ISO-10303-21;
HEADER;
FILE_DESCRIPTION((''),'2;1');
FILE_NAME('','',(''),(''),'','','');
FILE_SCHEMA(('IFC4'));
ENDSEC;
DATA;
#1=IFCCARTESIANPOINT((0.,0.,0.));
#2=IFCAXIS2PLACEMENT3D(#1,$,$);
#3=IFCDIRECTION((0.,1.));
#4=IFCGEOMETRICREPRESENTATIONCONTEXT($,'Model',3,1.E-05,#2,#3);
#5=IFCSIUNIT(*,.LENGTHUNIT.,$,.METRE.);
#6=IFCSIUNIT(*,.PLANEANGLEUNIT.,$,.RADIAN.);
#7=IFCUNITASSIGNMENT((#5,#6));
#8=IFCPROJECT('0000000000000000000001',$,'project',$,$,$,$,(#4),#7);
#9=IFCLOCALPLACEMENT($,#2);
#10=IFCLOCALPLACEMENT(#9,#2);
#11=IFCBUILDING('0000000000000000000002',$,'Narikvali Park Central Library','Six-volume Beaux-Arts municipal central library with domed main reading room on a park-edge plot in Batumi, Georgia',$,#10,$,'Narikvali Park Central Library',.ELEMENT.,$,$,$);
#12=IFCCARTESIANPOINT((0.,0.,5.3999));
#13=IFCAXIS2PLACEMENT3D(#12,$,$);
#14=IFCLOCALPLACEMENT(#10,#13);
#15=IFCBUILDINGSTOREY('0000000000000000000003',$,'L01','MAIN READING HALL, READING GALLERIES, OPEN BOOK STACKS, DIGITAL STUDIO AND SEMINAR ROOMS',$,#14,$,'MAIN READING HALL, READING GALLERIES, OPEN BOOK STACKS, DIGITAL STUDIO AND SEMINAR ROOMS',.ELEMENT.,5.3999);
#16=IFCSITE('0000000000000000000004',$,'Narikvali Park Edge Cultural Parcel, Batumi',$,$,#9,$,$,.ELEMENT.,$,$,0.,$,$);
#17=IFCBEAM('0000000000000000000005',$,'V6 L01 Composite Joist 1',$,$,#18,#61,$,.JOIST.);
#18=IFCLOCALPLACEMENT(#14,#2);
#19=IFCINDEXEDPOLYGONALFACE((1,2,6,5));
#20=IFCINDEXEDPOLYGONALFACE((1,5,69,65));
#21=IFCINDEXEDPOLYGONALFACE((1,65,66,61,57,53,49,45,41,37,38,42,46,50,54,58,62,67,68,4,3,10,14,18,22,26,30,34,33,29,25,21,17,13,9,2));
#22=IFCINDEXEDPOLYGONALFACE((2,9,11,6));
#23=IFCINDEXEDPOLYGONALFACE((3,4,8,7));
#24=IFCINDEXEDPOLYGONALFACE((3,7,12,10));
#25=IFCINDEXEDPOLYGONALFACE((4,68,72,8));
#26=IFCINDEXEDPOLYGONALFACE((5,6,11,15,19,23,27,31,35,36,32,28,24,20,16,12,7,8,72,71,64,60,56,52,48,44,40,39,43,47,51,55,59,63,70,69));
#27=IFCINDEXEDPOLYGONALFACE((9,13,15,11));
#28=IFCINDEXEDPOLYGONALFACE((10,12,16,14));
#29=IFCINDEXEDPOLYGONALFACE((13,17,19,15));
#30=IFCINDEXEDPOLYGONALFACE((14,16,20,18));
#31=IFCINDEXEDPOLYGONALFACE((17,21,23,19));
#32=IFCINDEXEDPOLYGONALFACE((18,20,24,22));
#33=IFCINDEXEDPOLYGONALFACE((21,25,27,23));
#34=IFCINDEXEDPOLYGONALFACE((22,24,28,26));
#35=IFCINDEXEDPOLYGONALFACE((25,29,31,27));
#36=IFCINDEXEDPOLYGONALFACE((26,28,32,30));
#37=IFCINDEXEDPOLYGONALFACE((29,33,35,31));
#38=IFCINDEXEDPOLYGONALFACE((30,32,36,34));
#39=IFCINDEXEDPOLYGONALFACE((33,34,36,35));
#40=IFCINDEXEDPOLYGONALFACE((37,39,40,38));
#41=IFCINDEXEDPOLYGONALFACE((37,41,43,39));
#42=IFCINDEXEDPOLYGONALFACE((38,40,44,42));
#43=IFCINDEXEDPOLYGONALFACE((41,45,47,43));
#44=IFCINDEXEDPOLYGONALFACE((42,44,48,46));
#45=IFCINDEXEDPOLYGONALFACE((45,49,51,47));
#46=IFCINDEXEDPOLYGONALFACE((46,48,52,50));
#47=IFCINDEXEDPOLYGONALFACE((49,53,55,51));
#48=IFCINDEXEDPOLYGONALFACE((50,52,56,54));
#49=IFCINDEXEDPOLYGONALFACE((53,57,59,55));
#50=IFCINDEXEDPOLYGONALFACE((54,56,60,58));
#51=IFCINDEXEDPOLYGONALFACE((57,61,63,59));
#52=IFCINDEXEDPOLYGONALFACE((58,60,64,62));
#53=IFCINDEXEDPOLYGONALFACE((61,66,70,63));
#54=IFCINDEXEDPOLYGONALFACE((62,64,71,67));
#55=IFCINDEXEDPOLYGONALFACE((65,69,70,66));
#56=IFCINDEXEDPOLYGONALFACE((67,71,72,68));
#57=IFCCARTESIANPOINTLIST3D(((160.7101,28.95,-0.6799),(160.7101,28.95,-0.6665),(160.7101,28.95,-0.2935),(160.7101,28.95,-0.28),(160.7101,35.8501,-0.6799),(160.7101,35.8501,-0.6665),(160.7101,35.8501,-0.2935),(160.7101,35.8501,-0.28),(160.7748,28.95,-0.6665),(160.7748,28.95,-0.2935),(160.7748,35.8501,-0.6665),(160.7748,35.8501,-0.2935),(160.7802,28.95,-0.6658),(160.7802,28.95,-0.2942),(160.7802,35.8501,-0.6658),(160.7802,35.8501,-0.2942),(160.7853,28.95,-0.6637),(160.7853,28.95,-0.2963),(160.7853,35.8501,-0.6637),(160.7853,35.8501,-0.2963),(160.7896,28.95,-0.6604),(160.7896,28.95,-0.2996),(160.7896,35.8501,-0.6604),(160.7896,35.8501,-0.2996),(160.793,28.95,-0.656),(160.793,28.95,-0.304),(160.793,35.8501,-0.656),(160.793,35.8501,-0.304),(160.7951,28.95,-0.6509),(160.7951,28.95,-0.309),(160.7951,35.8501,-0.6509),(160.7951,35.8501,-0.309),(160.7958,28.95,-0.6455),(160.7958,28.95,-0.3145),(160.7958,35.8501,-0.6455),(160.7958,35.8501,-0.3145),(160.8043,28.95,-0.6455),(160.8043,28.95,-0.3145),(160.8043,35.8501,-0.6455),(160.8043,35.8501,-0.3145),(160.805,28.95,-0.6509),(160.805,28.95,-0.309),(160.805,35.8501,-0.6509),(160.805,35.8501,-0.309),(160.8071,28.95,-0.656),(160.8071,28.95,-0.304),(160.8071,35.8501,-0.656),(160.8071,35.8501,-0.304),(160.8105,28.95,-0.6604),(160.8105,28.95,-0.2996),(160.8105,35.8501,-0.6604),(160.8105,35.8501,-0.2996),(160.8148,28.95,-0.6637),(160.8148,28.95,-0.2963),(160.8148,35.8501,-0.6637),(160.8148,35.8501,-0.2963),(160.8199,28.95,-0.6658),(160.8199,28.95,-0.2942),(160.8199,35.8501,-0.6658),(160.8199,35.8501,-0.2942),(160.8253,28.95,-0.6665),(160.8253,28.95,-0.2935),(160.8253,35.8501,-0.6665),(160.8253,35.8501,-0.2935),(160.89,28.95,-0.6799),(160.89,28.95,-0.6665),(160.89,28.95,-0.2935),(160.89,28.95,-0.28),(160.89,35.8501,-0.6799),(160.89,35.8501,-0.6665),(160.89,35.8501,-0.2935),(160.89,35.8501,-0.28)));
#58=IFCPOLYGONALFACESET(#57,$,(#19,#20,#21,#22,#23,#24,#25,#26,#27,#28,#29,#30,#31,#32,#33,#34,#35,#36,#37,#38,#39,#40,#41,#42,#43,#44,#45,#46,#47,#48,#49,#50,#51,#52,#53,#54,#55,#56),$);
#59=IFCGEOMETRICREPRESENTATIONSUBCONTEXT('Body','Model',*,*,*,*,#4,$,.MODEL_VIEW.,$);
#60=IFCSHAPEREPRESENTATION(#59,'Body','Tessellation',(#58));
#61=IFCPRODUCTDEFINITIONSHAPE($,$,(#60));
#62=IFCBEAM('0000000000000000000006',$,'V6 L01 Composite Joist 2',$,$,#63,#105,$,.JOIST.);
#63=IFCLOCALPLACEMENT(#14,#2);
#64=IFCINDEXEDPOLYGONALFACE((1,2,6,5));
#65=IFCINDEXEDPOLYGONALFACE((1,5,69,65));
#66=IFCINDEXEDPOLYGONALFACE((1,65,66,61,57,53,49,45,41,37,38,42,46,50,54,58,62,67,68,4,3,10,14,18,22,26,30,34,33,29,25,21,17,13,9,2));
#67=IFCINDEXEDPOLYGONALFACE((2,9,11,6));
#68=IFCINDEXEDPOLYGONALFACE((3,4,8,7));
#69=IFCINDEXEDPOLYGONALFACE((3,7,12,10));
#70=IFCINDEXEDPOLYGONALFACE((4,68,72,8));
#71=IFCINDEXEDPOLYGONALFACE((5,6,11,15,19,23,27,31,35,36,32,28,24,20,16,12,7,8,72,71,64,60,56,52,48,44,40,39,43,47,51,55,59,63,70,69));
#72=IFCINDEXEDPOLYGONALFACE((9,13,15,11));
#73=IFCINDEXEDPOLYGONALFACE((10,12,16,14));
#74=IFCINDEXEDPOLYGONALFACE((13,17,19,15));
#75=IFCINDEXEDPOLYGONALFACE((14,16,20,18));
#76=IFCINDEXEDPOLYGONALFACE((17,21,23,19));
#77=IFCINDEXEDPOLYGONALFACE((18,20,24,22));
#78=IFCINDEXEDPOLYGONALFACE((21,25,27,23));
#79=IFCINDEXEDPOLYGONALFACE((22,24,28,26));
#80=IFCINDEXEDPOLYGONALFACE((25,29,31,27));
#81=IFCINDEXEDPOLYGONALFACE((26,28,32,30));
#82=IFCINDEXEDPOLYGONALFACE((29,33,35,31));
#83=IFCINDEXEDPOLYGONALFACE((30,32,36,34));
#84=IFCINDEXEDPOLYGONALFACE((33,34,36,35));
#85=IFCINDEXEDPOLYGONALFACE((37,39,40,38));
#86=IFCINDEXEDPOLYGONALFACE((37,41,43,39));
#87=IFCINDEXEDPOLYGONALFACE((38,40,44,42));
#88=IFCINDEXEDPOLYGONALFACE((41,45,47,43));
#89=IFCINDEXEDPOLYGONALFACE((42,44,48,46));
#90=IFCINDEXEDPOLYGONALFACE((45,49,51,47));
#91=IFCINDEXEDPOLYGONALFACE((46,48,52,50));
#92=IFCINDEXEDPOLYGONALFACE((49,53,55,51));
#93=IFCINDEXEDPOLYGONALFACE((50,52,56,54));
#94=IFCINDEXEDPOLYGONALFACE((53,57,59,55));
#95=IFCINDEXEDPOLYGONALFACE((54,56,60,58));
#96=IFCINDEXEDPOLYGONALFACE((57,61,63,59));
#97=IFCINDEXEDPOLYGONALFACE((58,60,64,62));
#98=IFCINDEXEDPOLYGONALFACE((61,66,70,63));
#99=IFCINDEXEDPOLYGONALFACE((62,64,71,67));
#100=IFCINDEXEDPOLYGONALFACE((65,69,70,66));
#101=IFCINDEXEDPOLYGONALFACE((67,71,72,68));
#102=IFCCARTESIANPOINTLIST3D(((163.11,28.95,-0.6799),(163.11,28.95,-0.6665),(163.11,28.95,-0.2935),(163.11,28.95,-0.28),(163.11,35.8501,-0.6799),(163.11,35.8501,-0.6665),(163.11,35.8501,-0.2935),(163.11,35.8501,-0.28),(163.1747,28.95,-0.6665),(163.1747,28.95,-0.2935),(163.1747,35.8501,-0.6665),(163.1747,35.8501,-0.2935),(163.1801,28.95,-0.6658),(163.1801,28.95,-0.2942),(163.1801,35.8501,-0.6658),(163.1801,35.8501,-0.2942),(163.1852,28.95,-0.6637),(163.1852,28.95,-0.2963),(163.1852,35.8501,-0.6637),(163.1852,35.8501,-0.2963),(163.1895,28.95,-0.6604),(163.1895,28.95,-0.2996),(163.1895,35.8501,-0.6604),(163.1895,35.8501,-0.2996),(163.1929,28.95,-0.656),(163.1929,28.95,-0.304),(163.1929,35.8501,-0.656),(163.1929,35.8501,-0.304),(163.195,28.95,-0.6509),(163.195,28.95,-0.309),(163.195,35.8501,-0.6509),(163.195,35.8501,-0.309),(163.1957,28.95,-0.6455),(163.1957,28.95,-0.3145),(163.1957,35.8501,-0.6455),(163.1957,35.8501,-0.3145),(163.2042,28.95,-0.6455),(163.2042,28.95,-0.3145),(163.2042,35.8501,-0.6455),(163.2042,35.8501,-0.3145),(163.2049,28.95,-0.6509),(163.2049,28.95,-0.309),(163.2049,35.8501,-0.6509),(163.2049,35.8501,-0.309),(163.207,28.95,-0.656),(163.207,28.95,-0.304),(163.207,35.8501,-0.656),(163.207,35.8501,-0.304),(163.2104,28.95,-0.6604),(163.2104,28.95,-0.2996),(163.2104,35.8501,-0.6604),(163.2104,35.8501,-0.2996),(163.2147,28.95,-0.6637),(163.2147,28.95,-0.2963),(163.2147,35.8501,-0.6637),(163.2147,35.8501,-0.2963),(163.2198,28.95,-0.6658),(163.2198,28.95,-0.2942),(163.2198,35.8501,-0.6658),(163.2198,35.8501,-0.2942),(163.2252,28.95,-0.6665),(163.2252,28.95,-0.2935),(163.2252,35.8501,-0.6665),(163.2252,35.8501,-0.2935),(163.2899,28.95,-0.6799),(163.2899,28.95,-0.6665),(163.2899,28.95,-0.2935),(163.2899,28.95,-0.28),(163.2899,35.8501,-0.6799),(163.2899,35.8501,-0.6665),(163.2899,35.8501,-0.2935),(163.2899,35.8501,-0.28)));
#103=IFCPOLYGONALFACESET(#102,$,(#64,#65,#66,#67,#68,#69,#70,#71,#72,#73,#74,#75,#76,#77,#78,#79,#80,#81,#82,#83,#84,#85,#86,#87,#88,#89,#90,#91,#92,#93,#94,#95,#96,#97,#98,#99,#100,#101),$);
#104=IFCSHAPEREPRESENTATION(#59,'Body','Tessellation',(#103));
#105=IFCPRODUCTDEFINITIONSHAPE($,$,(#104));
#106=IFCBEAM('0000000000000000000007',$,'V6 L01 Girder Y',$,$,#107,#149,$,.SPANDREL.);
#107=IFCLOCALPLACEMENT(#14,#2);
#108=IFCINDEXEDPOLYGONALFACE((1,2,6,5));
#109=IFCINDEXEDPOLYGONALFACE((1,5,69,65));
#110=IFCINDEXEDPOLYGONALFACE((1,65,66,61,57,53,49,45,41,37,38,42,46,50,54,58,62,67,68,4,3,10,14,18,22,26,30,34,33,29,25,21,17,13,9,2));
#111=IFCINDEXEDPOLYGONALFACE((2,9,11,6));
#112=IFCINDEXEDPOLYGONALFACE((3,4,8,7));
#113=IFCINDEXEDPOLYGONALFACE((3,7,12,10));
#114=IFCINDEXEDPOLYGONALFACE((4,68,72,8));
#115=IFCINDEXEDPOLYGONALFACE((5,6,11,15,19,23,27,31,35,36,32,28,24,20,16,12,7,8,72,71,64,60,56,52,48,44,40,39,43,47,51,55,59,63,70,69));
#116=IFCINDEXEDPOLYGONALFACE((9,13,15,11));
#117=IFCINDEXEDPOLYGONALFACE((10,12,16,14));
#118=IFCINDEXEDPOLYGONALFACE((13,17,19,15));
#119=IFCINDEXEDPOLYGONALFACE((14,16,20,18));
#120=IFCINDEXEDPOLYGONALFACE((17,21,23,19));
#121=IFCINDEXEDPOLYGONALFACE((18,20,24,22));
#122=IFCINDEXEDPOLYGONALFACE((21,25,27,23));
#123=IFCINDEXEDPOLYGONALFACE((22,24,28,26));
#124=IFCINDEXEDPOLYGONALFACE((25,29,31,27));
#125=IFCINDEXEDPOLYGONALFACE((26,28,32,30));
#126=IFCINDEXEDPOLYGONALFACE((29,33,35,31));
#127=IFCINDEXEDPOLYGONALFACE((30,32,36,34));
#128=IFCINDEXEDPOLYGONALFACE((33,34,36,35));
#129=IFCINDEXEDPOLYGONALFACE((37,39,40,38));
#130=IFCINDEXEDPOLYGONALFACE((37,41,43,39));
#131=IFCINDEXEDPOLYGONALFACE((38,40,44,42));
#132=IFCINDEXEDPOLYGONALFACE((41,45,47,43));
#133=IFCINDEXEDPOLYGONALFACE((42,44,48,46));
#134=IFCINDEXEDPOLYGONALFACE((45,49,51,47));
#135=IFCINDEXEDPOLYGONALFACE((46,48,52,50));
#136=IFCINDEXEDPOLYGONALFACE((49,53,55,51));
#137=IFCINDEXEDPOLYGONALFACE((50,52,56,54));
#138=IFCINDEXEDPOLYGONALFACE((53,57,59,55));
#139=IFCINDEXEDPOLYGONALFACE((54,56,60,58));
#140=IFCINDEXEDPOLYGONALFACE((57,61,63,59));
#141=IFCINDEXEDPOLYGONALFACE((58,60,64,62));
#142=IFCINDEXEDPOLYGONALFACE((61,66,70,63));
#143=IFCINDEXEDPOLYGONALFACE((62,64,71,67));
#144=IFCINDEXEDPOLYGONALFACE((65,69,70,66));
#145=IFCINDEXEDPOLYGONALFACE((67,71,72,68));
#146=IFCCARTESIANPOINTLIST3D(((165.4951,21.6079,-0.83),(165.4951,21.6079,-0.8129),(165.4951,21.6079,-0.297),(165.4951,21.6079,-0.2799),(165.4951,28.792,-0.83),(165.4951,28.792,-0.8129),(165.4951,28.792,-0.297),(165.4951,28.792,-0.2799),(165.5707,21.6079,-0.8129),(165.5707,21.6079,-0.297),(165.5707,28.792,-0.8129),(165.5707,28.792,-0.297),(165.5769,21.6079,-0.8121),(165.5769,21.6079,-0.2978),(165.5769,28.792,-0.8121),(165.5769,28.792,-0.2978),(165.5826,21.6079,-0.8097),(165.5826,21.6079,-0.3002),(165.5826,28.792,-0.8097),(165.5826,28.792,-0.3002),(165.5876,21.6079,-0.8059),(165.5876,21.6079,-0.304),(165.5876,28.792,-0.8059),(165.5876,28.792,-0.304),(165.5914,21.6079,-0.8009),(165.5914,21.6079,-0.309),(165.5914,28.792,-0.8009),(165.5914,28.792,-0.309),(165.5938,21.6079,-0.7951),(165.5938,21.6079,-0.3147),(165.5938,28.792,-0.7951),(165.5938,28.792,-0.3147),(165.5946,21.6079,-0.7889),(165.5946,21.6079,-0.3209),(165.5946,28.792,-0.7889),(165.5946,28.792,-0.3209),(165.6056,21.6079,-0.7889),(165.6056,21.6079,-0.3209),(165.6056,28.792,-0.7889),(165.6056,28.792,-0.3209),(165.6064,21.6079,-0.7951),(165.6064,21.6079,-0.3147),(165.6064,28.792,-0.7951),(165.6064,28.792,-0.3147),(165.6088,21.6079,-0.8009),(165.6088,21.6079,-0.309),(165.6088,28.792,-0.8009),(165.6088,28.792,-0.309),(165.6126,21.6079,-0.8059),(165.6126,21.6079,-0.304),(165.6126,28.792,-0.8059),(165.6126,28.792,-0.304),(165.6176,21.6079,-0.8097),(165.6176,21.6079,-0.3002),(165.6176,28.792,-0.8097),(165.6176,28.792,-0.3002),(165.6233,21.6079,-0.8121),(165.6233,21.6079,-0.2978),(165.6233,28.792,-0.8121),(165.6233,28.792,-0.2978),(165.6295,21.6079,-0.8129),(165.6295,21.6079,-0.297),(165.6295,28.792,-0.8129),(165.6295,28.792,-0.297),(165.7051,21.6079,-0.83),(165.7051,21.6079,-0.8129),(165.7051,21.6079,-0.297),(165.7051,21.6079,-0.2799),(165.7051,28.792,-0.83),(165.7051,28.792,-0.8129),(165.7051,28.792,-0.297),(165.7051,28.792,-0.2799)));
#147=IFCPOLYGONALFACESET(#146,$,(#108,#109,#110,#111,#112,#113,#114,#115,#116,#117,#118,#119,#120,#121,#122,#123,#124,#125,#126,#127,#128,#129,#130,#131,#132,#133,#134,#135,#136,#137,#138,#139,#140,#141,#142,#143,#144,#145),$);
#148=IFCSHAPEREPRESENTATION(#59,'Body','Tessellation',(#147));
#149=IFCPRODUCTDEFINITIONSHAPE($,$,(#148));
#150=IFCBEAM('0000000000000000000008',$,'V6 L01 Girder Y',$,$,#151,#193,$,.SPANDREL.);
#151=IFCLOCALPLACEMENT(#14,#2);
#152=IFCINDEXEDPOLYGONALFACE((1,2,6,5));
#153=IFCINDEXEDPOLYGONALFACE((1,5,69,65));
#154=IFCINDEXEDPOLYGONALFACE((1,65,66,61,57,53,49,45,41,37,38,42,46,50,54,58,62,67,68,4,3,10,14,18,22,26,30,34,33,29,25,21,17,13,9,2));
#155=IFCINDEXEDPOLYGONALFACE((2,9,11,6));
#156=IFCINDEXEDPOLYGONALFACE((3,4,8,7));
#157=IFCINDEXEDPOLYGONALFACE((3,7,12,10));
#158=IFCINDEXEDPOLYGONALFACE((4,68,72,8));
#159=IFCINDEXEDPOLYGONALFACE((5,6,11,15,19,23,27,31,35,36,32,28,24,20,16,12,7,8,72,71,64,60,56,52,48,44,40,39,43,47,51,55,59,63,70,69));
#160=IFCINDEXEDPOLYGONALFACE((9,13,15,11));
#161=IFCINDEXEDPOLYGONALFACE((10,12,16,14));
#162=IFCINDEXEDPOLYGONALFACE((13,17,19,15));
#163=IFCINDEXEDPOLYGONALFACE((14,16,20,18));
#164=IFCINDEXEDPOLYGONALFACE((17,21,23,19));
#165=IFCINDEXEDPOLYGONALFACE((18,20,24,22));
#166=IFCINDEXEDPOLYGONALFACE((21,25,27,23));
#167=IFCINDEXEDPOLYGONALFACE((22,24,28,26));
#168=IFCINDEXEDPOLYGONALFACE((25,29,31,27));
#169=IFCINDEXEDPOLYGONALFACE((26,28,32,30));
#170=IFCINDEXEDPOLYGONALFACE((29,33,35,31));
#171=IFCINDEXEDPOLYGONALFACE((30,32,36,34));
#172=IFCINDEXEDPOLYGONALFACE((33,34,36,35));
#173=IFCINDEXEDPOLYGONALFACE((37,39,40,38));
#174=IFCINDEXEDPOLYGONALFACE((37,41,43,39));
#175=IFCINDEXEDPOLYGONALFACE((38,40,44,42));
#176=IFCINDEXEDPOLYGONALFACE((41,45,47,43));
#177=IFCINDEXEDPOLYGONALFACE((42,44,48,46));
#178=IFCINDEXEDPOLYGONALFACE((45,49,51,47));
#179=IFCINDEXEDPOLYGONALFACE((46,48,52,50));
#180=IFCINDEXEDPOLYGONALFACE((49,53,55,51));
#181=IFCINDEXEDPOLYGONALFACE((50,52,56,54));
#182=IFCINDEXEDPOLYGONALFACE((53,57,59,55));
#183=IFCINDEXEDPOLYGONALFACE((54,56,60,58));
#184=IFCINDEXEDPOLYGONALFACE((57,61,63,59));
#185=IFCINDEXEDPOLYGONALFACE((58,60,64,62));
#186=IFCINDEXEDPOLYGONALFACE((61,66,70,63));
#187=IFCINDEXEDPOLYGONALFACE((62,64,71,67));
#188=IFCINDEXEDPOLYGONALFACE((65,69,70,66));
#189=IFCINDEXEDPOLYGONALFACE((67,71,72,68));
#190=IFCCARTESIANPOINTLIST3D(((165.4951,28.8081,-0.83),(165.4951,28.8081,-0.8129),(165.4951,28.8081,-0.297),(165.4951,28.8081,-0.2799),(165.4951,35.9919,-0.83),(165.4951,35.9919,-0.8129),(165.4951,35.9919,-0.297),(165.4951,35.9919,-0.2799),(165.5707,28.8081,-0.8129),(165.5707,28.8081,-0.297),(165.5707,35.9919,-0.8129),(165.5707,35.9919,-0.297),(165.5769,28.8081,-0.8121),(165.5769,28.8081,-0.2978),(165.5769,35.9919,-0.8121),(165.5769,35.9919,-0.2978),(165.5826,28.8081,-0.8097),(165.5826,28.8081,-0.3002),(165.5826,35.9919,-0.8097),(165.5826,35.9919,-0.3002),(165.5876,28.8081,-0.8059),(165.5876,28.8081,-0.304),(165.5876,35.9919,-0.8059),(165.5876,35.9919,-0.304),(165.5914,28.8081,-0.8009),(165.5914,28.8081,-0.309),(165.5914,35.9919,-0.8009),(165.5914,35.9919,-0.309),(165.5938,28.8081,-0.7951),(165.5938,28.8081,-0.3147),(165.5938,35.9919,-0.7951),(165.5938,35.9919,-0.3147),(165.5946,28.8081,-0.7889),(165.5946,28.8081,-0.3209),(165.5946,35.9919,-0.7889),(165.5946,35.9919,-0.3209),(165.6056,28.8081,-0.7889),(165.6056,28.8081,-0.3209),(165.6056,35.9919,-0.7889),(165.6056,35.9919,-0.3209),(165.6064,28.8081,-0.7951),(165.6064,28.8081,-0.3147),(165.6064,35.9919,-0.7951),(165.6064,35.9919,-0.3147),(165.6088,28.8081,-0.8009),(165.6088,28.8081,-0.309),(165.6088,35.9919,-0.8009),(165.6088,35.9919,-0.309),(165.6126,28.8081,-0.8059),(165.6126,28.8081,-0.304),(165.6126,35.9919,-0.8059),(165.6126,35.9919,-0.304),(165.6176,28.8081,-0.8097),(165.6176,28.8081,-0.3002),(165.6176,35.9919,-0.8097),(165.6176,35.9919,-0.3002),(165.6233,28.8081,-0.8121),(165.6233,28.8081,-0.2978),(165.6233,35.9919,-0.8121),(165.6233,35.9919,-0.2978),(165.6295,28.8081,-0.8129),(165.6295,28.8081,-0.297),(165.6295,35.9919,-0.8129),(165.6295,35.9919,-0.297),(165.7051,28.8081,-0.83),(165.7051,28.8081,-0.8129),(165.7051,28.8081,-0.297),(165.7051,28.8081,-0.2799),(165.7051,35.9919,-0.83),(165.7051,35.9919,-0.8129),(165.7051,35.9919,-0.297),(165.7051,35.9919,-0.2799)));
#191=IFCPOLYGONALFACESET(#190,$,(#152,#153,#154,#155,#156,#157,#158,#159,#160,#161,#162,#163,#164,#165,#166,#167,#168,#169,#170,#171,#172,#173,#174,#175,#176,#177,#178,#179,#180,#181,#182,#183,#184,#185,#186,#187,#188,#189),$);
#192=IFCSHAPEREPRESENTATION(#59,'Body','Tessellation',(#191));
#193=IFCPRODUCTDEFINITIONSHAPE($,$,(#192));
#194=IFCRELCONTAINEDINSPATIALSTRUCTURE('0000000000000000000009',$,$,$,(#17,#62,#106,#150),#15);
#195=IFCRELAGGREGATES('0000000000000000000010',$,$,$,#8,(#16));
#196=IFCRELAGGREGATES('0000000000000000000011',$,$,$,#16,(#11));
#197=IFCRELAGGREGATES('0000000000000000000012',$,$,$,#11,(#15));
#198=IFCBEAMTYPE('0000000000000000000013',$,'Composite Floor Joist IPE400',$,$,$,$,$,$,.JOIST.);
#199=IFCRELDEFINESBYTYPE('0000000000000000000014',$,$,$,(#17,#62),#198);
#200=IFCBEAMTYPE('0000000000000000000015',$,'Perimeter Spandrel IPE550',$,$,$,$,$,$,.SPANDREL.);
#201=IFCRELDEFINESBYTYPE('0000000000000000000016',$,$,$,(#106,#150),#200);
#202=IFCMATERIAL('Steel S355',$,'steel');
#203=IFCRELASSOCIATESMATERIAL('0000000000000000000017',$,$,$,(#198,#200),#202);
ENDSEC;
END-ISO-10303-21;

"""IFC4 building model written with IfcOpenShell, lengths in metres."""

from ifc_helpers import new_model, si_unit, direction, frame, origin, origin_2d, place, context, subcontext, project, spatial, i_section, extrude, material, material_profile, profile_set, type_object, element, save


model = new_model("IFC4")

# Units and contexts
model_context = context("Model", 3, precision=1e-05, world=origin(), true_north=direction((0.0, 1.0)))
body_context = subcontext(model_context, "Body", "Model", "MODEL_VIEW")
ifc_project = project(units=[si_unit("LENGTHUNIT", "METRE"), si_unit("PLANEANGLEUNIT", "RADIAN")], contexts=[model_context])

# Site, building, storey
site_placement = place(None, origin())
site = spatial("IfcSite", under=ifc_project, at=site_placement, Name="Narikvali Park Edge Cultural Parcel, Batumi", CompositionType="ELEMENT", RefElevation=0.0)
building_placement = place(site_placement, origin())
building = spatial("IfcBuilding", under=site, at=building_placement, Name="Narikvali Park Central Library", Description="Six-volume Beaux-Arts municipal central library with domed main reading room on a park-edge plot in Batumi, Georgia", LongName="Narikvali Park Central Library", CompositionType="ELEMENT")
storey_placement = place(building_placement, frame((0.0, 0.0, 5.3999)))
storey = spatial("IfcBuildingStorey", under=building, at=storey_placement, Name="L01", Description="MAIN READING HALL, READING GALLERIES, OPEN BOOK STACKS, DIGITAL STUDIO AND SEMINAR ROOMS", LongName="MAIN READING HALL, READING GALLERIES, OPEN BOOK STACKS, DIGITAL STUDIO AND SEMINAR ROOMS", CompositionType="ELEMENT", Elevation=5.3999)

# Shared definitions
ifc_material_1 = material(Name="Steel S355", Category="steel")

# Beams
ifc_material_profile_1 = material_profile(ifc_material_1, i_section(OverallWidth=0.1799, OverallDepth=0.3999, WebThickness=0.0085, FlangeThickness=0.0134, FilletRadius=0.021, at=origin_2d()), Name="IPE 400")
ifc_profile_set_1 = profile_set([ifc_material_profile_1], Name="Steel S355")
beam_type_1 = type_object("IfcBeamType", Name="Composite Floor Joist IPE400", PredefinedType="JOIST", material=ifc_profile_set_1)
for number, where, z_axis, x_axis, name in (
    (1, (160.8, 28.95, -0.48), (0.0, 1.0, 0.0), (-1.0, 0.0, 0.0), "V6 L01 Composite Joist 1"),
    (2, (163.2, 28.95, -0.48), (0.0, 1.0, 0.0), (-1.0, 0.0, 0.0), "V6 L01 Composite Joist 2"),
):
    element("IfcBeam", number, at=place(storey_placement, frame(where, z_axis=z_axis, x_axis=x_axis)), inside=storey, type_object=beam_type_1, Name=name, PredefinedType="JOIST", context=body_context, shape_type="SweptSolid", body=[
        extrude(i_section(OverallWidth=0.1799, OverallDepth=0.3999, WebThickness=0.0085, FlangeThickness=0.0134, FilletRadius=0.021, at=origin_2d()), origin(), (0.0, 0.0, 1.0), 6.9001),
    ])
ifc_material_profile_2 = material_profile(ifc_material_1, i_section(OverallWidth=0.21, OverallDepth=0.55, WebThickness=0.011, FlangeThickness=0.0171, FilletRadius=0.0239, at=origin_2d()), Name="IPE 550")
ifc_profile_set_2 = profile_set([ifc_material_profile_2], Name="Steel S355")
beam_type_2 = type_object("IfcBeamType", Name="Perimeter Spandrel IPE550", PredefinedType="SPANDREL", material=ifc_profile_set_2)
beam_1_placement = place(storey_placement, frame((165.6001, 21.6079, -0.5549), z_axis=(0.0, 1.0, 0.0), x_axis=(-1.0, 0.0, 0.0)))
element("IfcBeam", 3, at=beam_1_placement, inside=storey, type_object=beam_type_2, Name="V6 L01 Girder Y", PredefinedType="SPANDREL", context=body_context, shape_type="SweptSolid", body=[
    extrude(i_section(OverallWidth=0.21, OverallDepth=0.55, WebThickness=0.011, FlangeThickness=0.0171, FilletRadius=0.0239, at=origin_2d()), origin(), (0.0, 0.0, 1.0), 7.1841),
])
beam_2_placement = place(storey_placement, frame((165.6001, 28.8081, -0.5549), z_axis=(0.0, 1.0, 0.0), x_axis=(-1.0, 0.0, 0.0)))
element("IfcBeam", 4, at=beam_2_placement, inside=storey, type_object=beam_type_2, Name="V6 L01 Girder Y", PredefinedType="SPANDREL", context=body_context, shape_type="SweptSolid", body=[
    extrude(i_section(OverallWidth=0.21, OverallDepth=0.55, WebThickness=0.011, FlangeThickness=0.0171, FilletRadius=0.0239, at=origin_2d()), origin(), (0.0, 0.0, 1.0), 7.1838),
])

save(model, "model.ifc")
